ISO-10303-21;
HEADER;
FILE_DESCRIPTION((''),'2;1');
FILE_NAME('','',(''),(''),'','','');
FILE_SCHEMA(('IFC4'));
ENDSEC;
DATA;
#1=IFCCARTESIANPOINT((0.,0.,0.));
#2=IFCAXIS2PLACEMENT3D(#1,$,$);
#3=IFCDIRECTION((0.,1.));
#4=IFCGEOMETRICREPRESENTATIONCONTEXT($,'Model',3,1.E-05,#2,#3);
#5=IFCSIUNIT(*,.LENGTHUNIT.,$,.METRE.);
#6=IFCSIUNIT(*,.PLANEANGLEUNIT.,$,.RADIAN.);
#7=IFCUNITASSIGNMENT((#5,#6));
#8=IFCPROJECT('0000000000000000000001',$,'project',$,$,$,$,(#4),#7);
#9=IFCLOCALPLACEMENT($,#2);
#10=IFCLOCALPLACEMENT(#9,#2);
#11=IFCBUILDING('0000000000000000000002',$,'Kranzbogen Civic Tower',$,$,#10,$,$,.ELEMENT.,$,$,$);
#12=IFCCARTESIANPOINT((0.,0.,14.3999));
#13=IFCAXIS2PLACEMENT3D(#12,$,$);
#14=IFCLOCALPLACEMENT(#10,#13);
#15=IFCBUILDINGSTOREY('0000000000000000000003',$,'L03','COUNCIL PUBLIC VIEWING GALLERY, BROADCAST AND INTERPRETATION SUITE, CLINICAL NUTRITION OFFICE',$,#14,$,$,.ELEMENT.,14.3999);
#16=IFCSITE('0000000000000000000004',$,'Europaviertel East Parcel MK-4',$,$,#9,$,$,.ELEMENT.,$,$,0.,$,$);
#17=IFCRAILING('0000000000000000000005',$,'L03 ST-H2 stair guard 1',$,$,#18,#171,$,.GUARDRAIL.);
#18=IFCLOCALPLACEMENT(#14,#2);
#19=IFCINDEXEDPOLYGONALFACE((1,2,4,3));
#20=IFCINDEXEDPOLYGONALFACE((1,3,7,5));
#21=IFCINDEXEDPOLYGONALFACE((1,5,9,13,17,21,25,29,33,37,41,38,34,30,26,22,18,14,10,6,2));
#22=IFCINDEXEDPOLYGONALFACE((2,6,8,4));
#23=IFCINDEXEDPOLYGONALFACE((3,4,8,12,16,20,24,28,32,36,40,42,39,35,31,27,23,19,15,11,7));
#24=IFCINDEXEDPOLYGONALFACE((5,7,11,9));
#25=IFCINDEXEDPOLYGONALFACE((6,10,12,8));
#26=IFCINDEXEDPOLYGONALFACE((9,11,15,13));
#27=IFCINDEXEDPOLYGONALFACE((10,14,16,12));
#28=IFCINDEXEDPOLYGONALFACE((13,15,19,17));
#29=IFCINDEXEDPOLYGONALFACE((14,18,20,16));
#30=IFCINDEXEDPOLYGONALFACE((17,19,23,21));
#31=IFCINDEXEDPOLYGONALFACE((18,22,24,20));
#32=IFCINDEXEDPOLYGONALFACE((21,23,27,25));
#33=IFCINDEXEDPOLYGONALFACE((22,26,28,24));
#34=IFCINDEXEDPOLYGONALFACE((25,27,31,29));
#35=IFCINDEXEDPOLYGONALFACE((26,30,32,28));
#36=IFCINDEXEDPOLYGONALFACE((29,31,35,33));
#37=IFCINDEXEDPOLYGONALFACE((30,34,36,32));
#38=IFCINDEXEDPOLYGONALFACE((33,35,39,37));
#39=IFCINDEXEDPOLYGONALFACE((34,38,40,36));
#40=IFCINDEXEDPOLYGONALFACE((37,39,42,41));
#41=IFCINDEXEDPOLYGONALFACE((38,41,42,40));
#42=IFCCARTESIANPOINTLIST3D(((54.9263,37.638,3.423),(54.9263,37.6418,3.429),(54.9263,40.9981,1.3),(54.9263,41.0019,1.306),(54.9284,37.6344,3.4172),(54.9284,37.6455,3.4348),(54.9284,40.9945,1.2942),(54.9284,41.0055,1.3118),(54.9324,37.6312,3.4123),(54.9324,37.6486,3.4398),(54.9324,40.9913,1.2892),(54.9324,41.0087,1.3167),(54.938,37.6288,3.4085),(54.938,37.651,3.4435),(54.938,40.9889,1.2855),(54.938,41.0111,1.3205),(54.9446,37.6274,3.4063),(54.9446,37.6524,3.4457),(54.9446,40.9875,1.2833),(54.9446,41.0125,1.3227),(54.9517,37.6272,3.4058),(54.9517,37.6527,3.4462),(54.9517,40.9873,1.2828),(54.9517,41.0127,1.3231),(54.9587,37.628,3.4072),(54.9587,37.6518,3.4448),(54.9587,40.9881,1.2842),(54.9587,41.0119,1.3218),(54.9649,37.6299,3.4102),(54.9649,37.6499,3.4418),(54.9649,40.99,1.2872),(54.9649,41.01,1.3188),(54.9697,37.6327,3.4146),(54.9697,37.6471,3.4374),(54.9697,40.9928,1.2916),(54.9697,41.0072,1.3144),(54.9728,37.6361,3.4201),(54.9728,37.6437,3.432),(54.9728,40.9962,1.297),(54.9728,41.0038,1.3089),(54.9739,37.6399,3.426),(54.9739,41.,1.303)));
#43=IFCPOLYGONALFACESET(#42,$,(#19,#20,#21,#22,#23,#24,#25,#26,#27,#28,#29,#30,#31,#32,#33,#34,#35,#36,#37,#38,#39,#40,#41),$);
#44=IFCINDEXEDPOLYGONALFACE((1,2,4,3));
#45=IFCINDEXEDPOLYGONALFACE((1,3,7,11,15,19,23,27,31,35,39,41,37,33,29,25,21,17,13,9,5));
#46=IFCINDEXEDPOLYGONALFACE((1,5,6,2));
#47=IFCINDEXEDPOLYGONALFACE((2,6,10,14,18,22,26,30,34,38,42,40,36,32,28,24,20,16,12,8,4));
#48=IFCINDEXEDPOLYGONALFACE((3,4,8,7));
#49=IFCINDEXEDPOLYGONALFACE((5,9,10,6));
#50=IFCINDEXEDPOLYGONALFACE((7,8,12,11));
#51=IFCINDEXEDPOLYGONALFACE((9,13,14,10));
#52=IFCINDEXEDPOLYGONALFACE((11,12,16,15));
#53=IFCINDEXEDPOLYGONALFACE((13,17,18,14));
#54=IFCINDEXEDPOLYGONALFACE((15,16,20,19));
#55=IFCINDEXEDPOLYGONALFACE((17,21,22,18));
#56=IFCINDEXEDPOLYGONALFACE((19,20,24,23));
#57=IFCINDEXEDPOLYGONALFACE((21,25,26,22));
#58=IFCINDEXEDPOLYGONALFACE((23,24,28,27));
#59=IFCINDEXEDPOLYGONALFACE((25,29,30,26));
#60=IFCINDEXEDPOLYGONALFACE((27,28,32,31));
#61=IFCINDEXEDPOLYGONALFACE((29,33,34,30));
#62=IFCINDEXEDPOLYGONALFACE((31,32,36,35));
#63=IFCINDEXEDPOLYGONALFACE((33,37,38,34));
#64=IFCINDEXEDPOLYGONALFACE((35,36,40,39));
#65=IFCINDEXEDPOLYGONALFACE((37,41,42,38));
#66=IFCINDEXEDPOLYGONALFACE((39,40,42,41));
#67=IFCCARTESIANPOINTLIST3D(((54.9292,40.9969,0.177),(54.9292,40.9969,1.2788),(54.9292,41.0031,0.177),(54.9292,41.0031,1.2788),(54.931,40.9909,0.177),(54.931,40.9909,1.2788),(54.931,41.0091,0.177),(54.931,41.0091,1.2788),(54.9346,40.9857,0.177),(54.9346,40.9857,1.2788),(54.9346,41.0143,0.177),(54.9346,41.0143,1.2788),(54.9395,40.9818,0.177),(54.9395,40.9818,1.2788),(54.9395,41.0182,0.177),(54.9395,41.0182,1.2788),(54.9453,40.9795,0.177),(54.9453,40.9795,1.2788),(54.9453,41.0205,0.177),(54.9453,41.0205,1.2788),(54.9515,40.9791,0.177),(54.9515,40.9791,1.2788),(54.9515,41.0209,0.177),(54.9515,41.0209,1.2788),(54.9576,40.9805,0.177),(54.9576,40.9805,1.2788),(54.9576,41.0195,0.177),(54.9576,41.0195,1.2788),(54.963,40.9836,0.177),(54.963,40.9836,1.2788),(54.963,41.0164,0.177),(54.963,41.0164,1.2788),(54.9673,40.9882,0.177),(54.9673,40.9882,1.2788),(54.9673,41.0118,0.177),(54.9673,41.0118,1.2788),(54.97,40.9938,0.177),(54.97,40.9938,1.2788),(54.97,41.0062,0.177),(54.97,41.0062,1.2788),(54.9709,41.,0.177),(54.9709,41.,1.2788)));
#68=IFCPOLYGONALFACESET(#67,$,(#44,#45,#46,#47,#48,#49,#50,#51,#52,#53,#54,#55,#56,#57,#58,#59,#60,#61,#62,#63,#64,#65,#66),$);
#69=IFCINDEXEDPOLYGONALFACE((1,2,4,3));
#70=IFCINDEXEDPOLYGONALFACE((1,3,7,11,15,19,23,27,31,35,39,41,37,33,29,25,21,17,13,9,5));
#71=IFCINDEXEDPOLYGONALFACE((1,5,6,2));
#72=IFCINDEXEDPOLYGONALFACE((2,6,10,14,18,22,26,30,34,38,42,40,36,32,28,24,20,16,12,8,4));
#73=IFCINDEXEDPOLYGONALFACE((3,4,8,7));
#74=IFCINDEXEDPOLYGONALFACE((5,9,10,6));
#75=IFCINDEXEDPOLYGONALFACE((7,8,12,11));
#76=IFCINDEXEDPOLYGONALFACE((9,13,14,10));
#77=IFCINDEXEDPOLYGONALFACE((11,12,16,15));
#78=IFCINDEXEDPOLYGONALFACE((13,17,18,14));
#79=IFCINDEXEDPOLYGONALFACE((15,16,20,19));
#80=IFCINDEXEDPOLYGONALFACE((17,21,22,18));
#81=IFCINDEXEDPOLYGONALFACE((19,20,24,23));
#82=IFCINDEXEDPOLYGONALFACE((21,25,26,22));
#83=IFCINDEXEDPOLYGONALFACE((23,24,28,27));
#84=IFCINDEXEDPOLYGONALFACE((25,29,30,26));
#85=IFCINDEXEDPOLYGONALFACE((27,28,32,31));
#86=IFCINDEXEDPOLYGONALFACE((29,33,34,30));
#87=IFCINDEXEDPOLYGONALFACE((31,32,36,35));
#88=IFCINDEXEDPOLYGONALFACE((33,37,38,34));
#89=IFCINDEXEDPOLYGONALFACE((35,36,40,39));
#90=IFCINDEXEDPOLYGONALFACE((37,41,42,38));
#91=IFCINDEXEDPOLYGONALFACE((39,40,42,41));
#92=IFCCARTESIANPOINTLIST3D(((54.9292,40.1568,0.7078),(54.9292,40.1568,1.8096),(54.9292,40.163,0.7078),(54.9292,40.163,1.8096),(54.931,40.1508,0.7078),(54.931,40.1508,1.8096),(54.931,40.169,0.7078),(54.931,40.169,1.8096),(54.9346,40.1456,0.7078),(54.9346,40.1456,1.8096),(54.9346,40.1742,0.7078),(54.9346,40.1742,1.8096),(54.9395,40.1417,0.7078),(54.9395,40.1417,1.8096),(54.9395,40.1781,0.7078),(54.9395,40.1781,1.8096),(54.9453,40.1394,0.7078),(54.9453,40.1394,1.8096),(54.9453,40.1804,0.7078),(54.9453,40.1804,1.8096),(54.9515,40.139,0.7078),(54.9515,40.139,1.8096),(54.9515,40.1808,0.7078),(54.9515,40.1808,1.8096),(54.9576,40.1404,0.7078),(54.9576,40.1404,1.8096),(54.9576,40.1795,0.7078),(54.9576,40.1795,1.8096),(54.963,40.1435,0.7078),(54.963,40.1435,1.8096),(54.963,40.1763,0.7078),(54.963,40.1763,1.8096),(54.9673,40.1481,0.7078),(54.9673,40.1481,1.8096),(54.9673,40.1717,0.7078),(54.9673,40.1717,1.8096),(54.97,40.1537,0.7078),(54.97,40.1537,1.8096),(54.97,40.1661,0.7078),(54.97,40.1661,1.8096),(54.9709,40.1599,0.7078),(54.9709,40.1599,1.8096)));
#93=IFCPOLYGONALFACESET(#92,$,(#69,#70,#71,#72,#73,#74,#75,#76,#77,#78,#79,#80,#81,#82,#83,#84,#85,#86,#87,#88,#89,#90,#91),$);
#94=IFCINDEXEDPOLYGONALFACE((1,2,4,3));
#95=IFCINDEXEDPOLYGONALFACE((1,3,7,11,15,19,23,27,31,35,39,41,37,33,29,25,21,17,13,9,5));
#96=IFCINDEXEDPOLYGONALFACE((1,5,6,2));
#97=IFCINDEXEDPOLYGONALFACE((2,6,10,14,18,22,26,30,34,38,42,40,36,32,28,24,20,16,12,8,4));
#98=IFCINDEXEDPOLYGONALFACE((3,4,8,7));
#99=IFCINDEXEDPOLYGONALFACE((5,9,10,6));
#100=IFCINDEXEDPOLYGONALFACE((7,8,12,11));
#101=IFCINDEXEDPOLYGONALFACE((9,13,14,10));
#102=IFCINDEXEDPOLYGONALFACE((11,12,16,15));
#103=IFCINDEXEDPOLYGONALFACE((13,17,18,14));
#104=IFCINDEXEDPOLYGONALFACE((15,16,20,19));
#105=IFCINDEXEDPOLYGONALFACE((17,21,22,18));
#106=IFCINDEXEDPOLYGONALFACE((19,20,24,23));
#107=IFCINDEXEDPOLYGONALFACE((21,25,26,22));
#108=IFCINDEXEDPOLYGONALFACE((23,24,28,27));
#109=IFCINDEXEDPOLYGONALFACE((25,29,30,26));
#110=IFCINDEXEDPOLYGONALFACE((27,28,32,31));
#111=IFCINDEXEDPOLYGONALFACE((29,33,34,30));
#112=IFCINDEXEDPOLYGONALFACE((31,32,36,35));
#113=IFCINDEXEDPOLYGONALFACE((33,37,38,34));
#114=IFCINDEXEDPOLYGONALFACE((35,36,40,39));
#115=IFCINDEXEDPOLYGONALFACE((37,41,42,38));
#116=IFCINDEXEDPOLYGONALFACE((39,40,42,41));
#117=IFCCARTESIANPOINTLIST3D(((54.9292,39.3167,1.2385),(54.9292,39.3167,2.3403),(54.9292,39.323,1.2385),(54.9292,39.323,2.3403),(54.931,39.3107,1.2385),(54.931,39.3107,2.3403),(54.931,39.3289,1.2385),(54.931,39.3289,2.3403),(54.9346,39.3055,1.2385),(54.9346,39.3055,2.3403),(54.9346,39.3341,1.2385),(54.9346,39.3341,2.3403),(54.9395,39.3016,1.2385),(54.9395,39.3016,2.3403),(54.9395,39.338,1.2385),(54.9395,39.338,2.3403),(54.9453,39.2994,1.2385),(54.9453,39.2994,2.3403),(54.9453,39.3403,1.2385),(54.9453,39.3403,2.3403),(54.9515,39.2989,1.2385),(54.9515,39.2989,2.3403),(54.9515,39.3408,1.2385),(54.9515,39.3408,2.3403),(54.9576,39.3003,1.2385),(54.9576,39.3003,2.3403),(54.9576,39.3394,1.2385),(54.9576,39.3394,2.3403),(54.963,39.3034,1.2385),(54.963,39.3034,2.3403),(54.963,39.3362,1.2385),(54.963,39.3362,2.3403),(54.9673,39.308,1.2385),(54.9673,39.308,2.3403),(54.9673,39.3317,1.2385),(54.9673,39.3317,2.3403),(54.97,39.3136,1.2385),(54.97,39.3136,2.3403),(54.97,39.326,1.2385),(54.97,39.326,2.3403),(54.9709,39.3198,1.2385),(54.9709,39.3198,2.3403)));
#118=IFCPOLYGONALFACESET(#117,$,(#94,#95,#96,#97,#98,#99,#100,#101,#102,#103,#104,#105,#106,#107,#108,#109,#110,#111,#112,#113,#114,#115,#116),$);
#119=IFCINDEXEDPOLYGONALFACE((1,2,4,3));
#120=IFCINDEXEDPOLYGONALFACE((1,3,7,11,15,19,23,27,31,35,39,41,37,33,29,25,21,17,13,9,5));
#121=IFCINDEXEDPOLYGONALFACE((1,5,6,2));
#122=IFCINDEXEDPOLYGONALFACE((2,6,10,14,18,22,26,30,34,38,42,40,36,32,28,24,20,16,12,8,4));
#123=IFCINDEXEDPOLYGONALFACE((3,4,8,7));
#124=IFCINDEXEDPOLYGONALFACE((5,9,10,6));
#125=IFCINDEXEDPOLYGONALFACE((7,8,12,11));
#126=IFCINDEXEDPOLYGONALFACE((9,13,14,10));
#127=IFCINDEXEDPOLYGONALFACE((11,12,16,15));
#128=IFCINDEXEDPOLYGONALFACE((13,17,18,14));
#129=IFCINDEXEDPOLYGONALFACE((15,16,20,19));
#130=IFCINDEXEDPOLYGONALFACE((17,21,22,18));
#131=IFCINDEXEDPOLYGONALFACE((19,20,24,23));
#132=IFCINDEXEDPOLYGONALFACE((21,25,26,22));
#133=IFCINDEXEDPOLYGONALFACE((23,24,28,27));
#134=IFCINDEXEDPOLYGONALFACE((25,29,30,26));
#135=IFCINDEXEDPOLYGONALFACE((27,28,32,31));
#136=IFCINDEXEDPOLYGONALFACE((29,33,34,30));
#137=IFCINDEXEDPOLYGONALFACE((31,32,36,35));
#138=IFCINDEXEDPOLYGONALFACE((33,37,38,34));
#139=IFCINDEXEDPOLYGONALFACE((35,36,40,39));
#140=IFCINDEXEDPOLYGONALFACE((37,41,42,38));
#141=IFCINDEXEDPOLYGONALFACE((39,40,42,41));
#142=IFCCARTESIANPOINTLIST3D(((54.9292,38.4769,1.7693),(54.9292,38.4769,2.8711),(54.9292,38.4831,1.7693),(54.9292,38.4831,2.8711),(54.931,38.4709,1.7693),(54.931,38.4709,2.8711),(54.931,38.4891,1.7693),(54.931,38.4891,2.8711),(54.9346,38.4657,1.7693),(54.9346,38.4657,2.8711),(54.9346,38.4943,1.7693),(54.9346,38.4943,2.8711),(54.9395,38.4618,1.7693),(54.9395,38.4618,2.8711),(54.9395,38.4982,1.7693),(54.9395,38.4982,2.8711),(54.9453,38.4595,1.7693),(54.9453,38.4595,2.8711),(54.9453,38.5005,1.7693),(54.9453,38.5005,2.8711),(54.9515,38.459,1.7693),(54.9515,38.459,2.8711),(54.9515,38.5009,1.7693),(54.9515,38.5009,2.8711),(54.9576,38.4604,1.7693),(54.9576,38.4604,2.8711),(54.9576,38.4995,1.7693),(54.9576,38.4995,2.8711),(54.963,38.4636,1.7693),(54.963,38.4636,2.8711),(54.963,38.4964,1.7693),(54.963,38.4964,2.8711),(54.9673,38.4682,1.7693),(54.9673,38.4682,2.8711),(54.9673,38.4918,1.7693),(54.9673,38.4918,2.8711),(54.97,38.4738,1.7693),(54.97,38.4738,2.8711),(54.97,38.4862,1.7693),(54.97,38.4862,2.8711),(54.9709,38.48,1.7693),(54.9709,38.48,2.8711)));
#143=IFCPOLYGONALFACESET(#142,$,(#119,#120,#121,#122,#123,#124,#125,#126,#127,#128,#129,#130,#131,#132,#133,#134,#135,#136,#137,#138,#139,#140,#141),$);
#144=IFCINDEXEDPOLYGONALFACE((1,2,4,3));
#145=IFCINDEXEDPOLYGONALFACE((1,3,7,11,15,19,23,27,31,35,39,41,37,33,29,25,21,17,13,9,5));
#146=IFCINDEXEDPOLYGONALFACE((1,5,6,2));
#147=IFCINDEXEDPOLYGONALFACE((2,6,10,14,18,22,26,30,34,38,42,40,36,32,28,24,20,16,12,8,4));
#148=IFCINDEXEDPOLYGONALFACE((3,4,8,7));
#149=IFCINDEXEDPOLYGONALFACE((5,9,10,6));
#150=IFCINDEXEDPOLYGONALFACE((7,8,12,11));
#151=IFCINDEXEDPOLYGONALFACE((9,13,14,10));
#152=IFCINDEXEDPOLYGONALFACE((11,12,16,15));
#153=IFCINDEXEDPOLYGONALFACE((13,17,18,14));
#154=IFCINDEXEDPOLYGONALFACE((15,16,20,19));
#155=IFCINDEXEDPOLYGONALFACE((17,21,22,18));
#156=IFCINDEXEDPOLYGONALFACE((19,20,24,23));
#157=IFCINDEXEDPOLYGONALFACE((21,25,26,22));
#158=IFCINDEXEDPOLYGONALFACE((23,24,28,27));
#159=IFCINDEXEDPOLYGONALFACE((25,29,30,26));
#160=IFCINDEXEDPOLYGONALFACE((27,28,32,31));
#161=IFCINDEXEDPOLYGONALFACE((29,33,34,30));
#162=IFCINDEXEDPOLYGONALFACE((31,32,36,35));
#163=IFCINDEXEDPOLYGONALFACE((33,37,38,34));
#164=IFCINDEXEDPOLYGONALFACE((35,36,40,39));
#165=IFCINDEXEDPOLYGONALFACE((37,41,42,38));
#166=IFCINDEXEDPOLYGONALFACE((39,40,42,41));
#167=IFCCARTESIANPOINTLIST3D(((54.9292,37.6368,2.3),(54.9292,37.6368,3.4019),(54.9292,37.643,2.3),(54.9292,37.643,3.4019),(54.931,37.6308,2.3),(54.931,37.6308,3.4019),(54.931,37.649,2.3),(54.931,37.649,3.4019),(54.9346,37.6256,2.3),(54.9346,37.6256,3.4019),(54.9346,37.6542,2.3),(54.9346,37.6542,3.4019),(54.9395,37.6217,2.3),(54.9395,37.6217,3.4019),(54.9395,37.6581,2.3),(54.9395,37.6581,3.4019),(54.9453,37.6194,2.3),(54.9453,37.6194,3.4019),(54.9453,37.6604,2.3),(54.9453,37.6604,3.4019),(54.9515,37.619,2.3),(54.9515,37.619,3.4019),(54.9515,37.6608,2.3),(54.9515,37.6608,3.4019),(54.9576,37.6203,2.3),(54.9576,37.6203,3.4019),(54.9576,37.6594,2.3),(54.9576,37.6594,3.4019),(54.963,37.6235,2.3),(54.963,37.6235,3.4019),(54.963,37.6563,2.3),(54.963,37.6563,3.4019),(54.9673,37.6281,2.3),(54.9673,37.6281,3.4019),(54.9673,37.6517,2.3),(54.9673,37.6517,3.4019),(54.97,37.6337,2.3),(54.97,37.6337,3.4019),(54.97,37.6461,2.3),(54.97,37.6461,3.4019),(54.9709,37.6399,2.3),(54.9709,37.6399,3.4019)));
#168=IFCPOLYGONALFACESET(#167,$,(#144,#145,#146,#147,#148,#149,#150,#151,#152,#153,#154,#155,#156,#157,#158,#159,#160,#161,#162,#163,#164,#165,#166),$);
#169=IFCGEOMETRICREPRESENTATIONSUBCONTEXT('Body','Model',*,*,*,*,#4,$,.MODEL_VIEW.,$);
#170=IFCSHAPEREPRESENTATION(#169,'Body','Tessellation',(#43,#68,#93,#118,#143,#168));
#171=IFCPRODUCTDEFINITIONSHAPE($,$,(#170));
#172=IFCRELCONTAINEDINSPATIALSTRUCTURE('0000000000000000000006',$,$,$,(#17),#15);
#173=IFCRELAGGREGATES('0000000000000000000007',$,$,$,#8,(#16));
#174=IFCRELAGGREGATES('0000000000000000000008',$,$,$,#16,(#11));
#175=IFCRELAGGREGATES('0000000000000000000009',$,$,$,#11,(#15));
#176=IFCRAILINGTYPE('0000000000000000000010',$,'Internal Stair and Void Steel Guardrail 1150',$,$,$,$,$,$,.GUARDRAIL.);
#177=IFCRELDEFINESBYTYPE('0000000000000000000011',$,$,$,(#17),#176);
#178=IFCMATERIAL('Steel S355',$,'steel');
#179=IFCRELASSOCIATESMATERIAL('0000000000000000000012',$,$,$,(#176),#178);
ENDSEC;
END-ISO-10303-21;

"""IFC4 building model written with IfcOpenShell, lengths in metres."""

from ifc_helpers import new_model, si_unit, direction, frame, origin, origin_2d, place, context, subcontext, project, spatial, circle, extrude, material, type_object, element, save


model = new_model("IFC4")

# Units and contexts
model_context = context("Model", 3, precision=1e-05, world=origin(), true_north=direction((0.0, 1.0)))
body_context = subcontext(model_context, "Body", "Model", "MODEL_VIEW")
ifc_project = project(units=[si_unit("LENGTHUNIT", "METRE"), si_unit("PLANEANGLEUNIT", "RADIAN")], contexts=[model_context])

# Site, building, storey
site_placement = place(None, origin())
site = spatial("IfcSite", under=ifc_project, at=site_placement, Name="Europaviertel East Parcel MK-4", CompositionType="ELEMENT", RefElevation=0.0)
building_placement = place(site_placement, origin())
building = spatial("IfcBuilding", under=site, at=building_placement, Name="Kranzbogen Civic Tower", CompositionType="ELEMENT")
storey_placement = place(building_placement, frame((0.0, 0.0, 14.3999)))
storey = spatial("IfcBuildingStorey", under=building, at=storey_placement, Name="L03", Description="COUNCIL PUBLIC VIEWING GALLERY, BROADCAST AND INTERPRETATION SUITE, CLINICAL NUTRITION OFFICE", CompositionType="ELEMENT", Elevation=14.3999)

# Shared definitions
ifc_material_1 = material(Name="Steel S355", Category="steel")

# Railing
railing_type_1 = type_object("IfcRailingType", Name="Internal Stair and Void Steel Guardrail 1150", PredefinedType="GUARDRAIL", material=ifc_material_1)
railing_1_placement = place(storey_placement, frame((54.95, 41.0, 0.177)))
element("IfcRailing", 1, at=railing_1_placement, inside=storey, type_object=railing_type_1, Name="L03 ST-H2 stair guard 1", PredefinedType="GUARDRAIL", context=body_context, shape_type="SweptSolid", body=[
    extrude(circle(Radius=0.0239, at=origin_2d()), frame((0.0, 0.0, 1.126), z_axis=(0.0, -0.84539, 0.53415), x_axis=(1.0, 0.0, 0.0)), (0.0, 0.0, 1.0), 3.9746),
    extrude(circle(Radius=0.021, at=origin_2d()), origin(), (0.0, 0.0, 1.0), 1.1018),
    extrude(circle(Radius=0.021, at=origin_2d()), frame((0.0, -0.8401, 0.5308)), (0.0, 0.0, 1.0), 1.1018),
    extrude(circle(Radius=0.021, at=origin_2d()), frame((0.0, -1.6802, 1.0615)), (0.0, 0.0, 1.0), 1.1018),
    extrude(circle(Radius=0.021, at=origin_2d()), frame((0.0, -2.52, 1.5923)), (0.0, 0.0, 1.0), 1.1018),
    extrude(circle(Radius=0.021, at=origin_2d()), frame((0.0, -3.3601, 2.123)), (0.0, 0.0, 1.0), 1.1018),
])

save(model, "model.ifc")
